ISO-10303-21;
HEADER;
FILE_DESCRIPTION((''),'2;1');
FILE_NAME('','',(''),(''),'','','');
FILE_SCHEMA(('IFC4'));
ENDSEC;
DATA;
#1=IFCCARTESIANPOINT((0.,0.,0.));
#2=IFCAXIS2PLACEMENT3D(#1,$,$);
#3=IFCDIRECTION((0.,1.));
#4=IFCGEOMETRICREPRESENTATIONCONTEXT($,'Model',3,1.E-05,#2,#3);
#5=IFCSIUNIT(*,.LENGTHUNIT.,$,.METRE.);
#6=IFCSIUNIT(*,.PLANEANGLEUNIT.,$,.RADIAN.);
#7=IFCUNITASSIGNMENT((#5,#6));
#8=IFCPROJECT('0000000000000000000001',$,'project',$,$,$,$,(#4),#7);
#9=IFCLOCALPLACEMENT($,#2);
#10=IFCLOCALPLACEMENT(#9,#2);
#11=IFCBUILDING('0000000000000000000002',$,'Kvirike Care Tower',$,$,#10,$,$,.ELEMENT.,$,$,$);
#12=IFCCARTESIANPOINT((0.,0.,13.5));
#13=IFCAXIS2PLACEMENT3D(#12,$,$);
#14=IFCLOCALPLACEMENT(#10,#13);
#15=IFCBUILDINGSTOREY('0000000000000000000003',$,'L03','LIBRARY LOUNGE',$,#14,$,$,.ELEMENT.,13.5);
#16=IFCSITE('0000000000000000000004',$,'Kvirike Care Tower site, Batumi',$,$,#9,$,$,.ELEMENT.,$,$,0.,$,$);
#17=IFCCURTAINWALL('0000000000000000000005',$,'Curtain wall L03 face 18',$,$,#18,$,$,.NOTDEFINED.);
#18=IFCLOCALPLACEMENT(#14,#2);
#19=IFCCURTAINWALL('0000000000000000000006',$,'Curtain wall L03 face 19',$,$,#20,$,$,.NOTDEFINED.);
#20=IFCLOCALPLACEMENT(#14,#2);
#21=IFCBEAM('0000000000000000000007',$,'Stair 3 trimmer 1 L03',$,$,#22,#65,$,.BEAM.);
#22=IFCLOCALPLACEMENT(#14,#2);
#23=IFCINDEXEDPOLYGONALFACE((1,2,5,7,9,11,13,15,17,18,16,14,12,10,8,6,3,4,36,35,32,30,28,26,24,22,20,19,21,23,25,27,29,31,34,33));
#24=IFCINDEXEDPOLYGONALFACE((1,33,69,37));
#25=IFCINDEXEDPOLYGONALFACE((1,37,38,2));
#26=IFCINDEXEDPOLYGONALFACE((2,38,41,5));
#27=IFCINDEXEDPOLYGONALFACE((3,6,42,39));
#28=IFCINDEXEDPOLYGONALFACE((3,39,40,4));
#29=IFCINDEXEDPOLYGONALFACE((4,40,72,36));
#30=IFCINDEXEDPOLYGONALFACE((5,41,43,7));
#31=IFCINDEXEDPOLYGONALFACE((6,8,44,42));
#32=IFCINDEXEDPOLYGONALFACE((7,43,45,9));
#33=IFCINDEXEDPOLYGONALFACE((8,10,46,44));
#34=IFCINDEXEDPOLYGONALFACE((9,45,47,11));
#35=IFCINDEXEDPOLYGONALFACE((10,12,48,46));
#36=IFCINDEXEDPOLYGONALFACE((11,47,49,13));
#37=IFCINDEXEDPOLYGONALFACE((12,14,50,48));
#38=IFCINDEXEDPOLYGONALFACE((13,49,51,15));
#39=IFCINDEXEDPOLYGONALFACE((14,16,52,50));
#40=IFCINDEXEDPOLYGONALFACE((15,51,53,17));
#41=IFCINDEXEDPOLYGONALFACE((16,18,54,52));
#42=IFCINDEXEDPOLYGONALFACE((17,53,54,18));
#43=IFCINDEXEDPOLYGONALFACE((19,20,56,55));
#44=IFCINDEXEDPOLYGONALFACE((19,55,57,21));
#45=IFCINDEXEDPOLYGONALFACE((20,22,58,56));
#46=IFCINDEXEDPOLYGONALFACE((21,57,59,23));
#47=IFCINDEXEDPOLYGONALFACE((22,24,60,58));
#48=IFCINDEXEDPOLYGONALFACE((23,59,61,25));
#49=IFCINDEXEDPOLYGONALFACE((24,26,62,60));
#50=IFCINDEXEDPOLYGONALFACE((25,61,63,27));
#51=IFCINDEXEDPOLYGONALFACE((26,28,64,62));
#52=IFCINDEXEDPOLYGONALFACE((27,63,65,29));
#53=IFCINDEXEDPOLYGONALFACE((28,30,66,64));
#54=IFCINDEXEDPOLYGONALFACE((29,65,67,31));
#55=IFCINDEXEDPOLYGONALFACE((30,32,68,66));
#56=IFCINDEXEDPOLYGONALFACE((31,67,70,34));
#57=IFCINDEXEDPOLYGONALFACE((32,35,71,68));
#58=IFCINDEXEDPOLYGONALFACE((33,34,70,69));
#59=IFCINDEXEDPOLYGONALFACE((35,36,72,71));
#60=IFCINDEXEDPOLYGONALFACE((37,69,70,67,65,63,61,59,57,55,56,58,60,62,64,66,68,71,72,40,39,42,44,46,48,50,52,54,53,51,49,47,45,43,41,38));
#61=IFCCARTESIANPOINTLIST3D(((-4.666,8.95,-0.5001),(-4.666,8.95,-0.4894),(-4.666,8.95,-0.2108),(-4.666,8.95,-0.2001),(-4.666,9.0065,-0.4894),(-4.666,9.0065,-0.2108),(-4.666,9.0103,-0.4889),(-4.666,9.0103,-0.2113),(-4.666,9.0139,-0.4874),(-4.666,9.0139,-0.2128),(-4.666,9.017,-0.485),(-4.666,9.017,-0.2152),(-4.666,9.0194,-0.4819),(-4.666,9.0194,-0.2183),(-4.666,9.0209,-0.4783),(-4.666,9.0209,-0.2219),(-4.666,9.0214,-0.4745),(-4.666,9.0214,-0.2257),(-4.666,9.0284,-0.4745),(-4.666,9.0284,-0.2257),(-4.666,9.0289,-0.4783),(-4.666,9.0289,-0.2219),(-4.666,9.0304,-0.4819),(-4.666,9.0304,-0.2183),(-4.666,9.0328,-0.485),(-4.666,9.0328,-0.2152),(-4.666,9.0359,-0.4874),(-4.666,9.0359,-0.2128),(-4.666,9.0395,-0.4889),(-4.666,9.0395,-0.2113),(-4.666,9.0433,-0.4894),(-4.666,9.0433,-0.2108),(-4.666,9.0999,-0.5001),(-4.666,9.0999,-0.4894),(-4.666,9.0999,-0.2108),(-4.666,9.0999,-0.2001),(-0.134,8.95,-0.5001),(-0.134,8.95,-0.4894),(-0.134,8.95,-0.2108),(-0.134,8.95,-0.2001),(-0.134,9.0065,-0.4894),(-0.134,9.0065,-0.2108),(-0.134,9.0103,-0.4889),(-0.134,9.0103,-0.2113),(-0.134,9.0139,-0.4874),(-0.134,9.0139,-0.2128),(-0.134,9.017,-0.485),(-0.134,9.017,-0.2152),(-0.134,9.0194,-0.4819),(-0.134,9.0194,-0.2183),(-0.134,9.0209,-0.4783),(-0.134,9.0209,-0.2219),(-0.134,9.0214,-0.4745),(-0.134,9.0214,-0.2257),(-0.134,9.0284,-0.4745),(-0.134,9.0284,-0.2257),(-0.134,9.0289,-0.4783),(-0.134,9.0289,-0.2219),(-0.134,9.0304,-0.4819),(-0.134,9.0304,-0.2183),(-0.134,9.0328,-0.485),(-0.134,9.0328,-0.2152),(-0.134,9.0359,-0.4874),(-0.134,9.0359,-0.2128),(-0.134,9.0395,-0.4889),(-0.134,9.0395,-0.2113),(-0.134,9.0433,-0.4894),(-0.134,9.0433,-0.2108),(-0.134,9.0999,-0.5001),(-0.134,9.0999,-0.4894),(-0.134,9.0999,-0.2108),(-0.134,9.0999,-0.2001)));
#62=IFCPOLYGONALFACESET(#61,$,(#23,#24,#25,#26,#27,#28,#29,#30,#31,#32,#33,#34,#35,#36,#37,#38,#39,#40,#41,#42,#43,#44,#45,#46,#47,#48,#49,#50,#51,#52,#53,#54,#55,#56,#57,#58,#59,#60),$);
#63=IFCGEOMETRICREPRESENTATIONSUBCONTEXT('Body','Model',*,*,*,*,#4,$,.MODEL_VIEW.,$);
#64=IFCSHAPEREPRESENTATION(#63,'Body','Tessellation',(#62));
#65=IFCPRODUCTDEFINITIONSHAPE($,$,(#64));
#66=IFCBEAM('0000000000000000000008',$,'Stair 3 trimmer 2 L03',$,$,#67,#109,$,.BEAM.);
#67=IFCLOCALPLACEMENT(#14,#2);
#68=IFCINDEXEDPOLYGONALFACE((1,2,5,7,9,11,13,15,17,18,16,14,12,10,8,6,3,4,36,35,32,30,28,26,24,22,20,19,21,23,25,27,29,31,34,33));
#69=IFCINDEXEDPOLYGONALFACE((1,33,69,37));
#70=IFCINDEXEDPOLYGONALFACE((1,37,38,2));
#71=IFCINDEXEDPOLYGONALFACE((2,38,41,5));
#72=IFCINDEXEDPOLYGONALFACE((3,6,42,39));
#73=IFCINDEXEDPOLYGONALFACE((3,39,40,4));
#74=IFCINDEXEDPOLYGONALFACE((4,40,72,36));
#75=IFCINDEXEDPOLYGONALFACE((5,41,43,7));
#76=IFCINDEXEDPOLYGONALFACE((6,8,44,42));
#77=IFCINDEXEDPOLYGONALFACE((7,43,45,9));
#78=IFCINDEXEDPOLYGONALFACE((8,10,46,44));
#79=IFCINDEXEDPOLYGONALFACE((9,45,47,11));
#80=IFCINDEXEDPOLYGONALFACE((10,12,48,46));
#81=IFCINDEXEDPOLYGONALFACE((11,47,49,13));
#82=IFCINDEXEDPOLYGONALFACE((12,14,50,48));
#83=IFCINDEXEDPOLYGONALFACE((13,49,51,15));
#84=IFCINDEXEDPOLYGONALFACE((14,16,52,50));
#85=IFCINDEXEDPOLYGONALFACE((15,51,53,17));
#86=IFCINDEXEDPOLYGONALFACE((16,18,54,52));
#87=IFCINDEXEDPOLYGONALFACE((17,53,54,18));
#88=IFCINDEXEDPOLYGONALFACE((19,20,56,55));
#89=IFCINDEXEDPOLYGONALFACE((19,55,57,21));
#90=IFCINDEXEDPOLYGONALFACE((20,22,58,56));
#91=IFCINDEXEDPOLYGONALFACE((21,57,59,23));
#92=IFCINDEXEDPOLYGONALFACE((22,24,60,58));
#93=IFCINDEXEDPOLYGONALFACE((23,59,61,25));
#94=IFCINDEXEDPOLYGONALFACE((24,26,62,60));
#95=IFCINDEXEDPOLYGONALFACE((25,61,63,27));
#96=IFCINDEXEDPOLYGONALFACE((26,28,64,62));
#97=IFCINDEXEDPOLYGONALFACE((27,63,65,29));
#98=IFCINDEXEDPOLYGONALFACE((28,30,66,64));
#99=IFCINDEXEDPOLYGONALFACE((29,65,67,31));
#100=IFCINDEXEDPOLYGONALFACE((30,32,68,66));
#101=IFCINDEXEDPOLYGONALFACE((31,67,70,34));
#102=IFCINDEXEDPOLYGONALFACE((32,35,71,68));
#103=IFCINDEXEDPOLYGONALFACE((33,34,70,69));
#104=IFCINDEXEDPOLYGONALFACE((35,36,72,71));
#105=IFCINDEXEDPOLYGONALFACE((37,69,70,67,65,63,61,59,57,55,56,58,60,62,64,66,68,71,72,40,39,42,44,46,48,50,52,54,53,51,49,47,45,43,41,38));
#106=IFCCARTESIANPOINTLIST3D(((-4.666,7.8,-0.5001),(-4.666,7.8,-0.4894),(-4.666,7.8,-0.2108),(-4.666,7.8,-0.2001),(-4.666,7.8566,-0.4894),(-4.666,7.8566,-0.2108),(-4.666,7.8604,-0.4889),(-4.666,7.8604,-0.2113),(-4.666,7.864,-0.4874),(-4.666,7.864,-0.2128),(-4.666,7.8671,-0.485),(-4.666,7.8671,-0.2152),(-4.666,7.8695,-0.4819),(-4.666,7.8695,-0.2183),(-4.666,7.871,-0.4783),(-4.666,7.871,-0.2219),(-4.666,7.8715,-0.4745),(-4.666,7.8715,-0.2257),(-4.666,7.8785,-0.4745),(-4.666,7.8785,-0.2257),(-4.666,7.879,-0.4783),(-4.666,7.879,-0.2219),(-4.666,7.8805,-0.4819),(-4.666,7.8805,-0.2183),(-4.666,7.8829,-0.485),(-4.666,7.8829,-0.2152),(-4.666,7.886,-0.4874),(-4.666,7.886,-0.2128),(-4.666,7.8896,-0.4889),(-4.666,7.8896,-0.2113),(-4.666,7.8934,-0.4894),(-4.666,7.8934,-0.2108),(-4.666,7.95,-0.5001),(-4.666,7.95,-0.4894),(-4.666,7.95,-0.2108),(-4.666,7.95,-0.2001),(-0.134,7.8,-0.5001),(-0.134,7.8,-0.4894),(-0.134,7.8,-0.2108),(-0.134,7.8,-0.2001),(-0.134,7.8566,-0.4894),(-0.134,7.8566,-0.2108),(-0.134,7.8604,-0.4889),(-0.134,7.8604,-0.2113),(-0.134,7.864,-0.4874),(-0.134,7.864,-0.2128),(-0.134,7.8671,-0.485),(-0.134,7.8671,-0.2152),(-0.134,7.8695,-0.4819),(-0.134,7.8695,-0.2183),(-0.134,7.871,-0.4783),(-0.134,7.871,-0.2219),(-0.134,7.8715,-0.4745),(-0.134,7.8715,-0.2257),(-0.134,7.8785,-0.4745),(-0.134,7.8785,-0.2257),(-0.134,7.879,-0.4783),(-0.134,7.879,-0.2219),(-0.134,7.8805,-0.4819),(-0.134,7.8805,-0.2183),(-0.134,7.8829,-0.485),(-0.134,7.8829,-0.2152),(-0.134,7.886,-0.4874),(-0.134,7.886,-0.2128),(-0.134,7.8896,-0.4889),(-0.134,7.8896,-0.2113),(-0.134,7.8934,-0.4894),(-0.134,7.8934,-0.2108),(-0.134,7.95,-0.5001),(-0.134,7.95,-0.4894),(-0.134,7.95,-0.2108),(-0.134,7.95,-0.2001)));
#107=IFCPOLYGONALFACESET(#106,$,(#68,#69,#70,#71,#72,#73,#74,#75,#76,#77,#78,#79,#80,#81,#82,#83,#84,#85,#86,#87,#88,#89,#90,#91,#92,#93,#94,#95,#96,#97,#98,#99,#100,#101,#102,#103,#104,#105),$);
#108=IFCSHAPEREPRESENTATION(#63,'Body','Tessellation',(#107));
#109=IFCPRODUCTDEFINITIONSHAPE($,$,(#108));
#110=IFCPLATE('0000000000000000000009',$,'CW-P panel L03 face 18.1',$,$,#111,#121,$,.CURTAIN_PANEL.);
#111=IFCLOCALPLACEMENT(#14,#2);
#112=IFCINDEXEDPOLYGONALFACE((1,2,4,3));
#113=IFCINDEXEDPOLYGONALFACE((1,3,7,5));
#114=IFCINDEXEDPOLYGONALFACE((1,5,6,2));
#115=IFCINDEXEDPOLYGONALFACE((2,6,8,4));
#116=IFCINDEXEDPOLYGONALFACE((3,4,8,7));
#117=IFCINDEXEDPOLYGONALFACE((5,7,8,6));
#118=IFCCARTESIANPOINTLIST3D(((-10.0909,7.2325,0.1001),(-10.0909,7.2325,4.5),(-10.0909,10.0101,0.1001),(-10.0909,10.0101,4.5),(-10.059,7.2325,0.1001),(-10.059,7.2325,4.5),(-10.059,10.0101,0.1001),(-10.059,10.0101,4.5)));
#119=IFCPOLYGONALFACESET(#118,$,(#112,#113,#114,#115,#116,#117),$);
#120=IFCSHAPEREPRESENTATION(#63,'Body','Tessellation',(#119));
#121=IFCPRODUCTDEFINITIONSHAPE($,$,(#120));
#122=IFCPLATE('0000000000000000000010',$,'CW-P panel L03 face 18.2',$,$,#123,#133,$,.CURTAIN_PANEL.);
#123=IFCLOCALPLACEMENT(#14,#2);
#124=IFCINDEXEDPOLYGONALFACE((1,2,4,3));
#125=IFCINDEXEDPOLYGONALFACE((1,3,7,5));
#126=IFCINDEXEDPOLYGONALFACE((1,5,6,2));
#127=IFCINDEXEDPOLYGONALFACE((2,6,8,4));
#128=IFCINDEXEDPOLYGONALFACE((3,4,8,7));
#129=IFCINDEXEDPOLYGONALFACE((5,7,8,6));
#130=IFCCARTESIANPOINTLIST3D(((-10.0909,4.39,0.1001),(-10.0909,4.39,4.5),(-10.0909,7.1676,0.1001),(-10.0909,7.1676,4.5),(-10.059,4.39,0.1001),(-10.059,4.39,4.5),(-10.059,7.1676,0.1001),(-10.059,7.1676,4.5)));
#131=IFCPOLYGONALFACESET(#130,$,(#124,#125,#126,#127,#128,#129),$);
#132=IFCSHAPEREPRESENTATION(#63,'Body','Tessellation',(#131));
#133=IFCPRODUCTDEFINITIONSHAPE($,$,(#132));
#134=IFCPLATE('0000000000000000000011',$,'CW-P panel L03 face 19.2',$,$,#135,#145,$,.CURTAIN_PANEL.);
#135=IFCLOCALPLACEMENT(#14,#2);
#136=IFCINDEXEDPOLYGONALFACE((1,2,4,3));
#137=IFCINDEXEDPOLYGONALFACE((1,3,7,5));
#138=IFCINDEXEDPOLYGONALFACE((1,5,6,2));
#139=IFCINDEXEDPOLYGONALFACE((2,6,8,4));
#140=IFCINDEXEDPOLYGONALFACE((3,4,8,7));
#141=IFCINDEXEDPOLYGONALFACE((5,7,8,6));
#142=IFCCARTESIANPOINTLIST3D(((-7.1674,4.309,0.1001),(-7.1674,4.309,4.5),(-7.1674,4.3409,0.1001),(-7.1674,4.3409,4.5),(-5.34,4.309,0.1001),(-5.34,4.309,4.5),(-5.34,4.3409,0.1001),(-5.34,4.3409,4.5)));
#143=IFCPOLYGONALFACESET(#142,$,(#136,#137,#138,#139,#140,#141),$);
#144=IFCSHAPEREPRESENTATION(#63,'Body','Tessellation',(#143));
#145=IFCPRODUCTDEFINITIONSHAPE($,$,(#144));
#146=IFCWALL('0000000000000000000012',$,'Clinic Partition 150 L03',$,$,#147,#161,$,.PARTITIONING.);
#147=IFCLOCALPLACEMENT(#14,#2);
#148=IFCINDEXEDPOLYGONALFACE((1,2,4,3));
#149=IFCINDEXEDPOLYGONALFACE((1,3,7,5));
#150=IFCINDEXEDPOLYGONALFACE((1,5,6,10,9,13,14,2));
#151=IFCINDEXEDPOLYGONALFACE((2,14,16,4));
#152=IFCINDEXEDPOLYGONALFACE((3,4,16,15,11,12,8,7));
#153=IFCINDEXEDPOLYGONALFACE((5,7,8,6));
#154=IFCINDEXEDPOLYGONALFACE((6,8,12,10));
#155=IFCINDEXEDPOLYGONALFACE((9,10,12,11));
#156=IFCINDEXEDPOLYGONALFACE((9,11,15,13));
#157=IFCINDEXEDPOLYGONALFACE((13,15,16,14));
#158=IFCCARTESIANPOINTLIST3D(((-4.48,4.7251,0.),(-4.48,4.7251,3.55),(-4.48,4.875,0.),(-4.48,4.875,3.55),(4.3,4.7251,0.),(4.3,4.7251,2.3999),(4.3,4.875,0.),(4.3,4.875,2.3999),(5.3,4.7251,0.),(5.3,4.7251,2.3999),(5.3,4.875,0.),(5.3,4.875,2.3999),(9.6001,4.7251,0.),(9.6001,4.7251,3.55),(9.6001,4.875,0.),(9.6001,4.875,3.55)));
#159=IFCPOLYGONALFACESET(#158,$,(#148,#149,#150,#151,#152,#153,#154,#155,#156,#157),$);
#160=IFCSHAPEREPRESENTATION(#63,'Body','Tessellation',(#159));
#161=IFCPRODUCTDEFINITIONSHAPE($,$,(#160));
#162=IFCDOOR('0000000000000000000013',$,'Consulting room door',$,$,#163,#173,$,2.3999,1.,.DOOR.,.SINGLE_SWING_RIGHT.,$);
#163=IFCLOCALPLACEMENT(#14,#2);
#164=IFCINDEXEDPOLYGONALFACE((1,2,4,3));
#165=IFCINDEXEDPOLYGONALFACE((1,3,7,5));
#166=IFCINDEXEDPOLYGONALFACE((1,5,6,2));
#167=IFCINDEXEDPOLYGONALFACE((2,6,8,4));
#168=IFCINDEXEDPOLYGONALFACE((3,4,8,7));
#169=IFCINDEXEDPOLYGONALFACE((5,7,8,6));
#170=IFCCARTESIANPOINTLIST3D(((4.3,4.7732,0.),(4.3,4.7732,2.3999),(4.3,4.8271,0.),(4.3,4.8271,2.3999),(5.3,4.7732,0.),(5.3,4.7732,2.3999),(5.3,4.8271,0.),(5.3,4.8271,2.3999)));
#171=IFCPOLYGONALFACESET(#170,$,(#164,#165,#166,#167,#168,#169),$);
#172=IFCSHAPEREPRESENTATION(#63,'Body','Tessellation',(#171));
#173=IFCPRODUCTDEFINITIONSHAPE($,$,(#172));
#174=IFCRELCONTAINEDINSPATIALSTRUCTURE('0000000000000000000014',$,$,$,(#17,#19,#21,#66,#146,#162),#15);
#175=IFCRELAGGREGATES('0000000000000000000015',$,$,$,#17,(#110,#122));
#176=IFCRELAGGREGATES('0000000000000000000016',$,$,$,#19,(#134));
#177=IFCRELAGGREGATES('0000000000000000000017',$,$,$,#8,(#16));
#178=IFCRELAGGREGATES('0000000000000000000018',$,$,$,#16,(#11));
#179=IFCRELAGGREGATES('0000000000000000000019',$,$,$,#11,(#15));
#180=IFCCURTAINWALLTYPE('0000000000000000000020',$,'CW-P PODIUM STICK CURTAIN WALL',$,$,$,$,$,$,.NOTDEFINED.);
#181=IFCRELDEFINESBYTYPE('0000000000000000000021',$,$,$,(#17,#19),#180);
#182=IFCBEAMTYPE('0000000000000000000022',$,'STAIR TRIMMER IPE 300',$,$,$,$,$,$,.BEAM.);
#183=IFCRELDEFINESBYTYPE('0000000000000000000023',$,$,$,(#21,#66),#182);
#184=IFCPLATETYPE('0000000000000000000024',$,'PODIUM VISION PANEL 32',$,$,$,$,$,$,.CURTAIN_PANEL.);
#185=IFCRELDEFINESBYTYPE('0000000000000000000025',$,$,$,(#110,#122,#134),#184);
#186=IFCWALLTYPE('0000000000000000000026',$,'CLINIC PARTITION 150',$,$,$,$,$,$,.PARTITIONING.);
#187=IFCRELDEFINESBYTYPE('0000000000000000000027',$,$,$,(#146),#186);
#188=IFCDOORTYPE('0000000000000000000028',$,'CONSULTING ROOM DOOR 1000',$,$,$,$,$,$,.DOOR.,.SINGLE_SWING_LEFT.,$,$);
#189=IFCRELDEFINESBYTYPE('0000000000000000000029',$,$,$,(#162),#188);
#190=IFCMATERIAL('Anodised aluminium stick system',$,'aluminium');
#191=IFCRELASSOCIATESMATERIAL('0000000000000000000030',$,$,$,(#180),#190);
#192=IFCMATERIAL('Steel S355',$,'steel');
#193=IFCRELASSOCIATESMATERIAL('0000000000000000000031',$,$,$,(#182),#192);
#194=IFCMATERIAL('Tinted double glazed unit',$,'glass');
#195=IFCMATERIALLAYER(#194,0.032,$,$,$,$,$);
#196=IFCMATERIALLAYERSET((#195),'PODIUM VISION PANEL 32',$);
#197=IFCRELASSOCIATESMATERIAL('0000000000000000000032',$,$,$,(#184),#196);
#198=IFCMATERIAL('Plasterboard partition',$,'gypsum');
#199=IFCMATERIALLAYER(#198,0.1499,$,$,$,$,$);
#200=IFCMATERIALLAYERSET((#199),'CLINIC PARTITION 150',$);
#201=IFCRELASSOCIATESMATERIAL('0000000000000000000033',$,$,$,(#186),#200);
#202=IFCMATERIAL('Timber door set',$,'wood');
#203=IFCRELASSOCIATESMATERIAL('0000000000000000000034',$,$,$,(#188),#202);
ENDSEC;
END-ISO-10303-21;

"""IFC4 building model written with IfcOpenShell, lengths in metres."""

from ifc_helpers import new_model, si_unit, direction, frame, frame_2d, origin, origin_2d, place, context, subcontext, project, spatial, rectangle, i_section, extrude, material, layer, layer_set, material_profile, profile_set, type_object, element, fill, aggregate, save


model = new_model("IFC4")

# Units and contexts
model_context = context("Model", 3, precision=1e-05, world=origin(), true_north=direction((0.0, 1.0)))
body_context = subcontext(model_context, "Body", "Model", "MODEL_VIEW")
ifc_project = project(units=[si_unit("LENGTHUNIT", "METRE"), si_unit("PLANEANGLEUNIT", "RADIAN")], contexts=[model_context])

# Site, building, storey
site_placement = place(None, origin())
site = spatial("IfcSite", under=ifc_project, at=site_placement, Name="Kvirike Care Tower site, Batumi", CompositionType="ELEMENT", RefElevation=0.0)
building_placement = place(site_placement, origin())
building = spatial("IfcBuilding", under=site, at=building_placement, Name="Kvirike Care Tower", CompositionType="ELEMENT")
storey_placement = place(building_placement, frame((0.0, 0.0, 13.5)))
storey = spatial("IfcBuildingStorey", under=building, at=storey_placement, Name="L03", Description="LIBRARY LOUNGE", CompositionType="ELEMENT", Elevation=13.5)

# Curtain wall
ifc_material_1 = material(Name="Anodised aluminium stick system", Category="aluminium")
curtain_wall_type = type_object("IfcCurtainWallType", Name="CW-P PODIUM STICK CURTAIN WALL", PredefinedType="NOTDEFINED", material=ifc_material_1)
curtain_wall_1_placement = place(storey_placement, origin())
curtain_wall_1 = element("IfcCurtainWall", 1, at=curtain_wall_1_placement, inside=storey, type_object=curtain_wall_type, Name="Curtain wall L03 face 18", PredefinedType="NOTDEFINED")

# Curtain wall
curtain_wall_2_placement = place(storey_placement, origin())
curtain_wall_2 = element("IfcCurtainWall", 2, at=curtain_wall_2_placement, inside=storey, type_object=curtain_wall_type, Name="Curtain wall L03 face 19", PredefinedType="NOTDEFINED")

# Beams
ifc_material_2 = material(Name="Steel S355", Category="steel")
ifc_material_profile_1 = material_profile(ifc_material_2, i_section(OverallWidth=0.1499, OverallDepth=0.3, WebThickness=0.0071, FlangeThickness=0.0107, FilletRadius=0.0149, at=origin_2d()), Name="IPE 300")
ifc_profile_set_1 = profile_set([ifc_material_profile_1], Name="Steel S355")
beam_type_1 = type_object("IfcBeamType", Name="STAIR TRIMMER IPE 300", PredefinedType="BEAM", material=ifc_profile_set_1)
for number, where, z_axis, x_axis, name in (
    (3, (-4.666, 9.0249, -0.3501), (1.0, 0.0, 0.0), (0.0, 1.0, 0.0), "Stair 3 trimmer 1 L03"),
    (4, (-4.666, 7.875, -0.3501), (1.0, 0.0, 0.0), (0.0, 1.0, 0.0), "Stair 3 trimmer 2 L03"),
):
    element("IfcBeam", number, at=place(storey_placement, frame(where, z_axis=z_axis, x_axis=x_axis)), inside=storey, type_object=beam_type_1, Name=name, PredefinedType="BEAM", context=body_context, shape_type="SweptSolid", body=[
        extrude(i_section(OverallWidth=0.1499, OverallDepth=0.3, WebThickness=0.0071, FlangeThickness=0.0107, FilletRadius=0.0149, at=origin_2d()), origin(), (0.0, 0.0, 1.0), 4.532),
    ])

# Plates
ifc_material_3 = material(Name="Tinted double glazed unit", Category="glass")
ifc_layer_1 = layer(ifc_material_3, 0.032)
ifc_layer_set_1 = layer_set([ifc_layer_1], Name="PODIUM VISION PANEL 32")
plate_type = type_object("IfcPlateType", Name="PODIUM VISION PANEL 32", PredefinedType="CURTAIN_PANEL", material=ifc_layer_set_1)
plate_1_placement = place(storey_placement, frame((-10.075, 8.6213, 0.1001), z_axis=(0.0, 0.0, 1.0), x_axis=(0.0, -1.0, 0.0)))
plate_1 = element("IfcPlate", 5, at=plate_1_placement, type_object=plate_type, Name="CW-P panel L03 face 18.1", PredefinedType="CURTAIN_PANEL", context=body_context, shape_type="SweptSolid", body=[
    extrude(rectangle(XDim=2.7776, YDim=0.032, at=origin_2d()), origin(), (0.0, 0.0, 1.0), 4.3999),
])
plate_2_placement = place(storey_placement, frame((-10.075, 5.7788, 0.1001), z_axis=(0.0, 0.0, 1.0), x_axis=(0.0, -1.0, 0.0)))
plate_2 = element("IfcPlate", 6, at=plate_2_placement, type_object=plate_type, Name="CW-P panel L03 face 18.2", PredefinedType="CURTAIN_PANEL", context=body_context, shape_type="SweptSolid", body=[
    extrude(rectangle(XDim=2.7776, YDim=0.032, at=origin_2d()), origin(), (0.0, 0.0, 1.0), 4.3999),
])
aggregate(curtain_wall_1, [plate_1, plate_2])
plate_3_placement = place(storey_placement, frame((-6.2537, 4.325, 0.1001), z_axis=(0.0, 0.0, 1.0), x_axis=(1.0, 0.0, 0.0)))
plate_3 = element("IfcPlate", 7, at=plate_3_placement, type_object=plate_type, Name="CW-P panel L03 face 19.2", PredefinedType="CURTAIN_PANEL", context=body_context, shape_type="SweptSolid", body=[
    extrude(rectangle(XDim=1.8274, YDim=0.032, at=origin_2d()), origin(), (0.0, 0.0, 1.0), 4.3999),
])
aggregate(curtain_wall_2, [plate_3])

# Wall, opening, door
ifc_material_4 = material(Name="Plasterboard partition", Category="gypsum")
ifc_layer_2 = layer(ifc_material_4, 0.1499)
ifc_layer_set_2 = layer_set([ifc_layer_2], Name="CLINIC PARTITION 150")
wall_type_1 = type_object("IfcWallType", Name="CLINIC PARTITION 150", PredefinedType="PARTITIONING", material=ifc_layer_set_2)
wall_1_placement = place(storey_placement, frame((-4.48, 4.8, 0.0), z_axis=(0.0, 0.0, 1.0), x_axis=(1.0, 0.0, 0.0)))
wall_1 = element("IfcWall", 8, at=wall_1_placement, inside=storey, type_object=wall_type_1, Name="Clinic Partition 150 L03", PredefinedType="PARTITIONING", context=body_context, shape_type="SweptSolid", body=[
    extrude(rectangle(XDim=14.0801, YDim=0.1499, at=frame_2d((7.04, 0.0))), origin(), (0.0, 0.0, 1.0), 3.55),
])
opening_1_placement = place(wall_1_placement, frame((8.78, 0.0, 0.0)))
opening_1 = element("IfcOpeningElement", 9, at=opening_1_placement, cuts=wall_1, PredefinedType="OPENING", context=body_context, shape_type="SweptSolid", body=[
    extrude(rectangle(XDim=1.0, YDim=2.3999, at=frame_2d((0.5, 1.2))), frame((0.0, 0.0854, 0.0), z_axis=(0.0, -1.0, 0.0), x_axis=(1.0, 0.0, 0.0)), (0.0, 0.0, 1.0), 0.1709),
])
ifc_material_5 = material(Name="Timber door set", Category="wood")
door_type_1 = type_object("IfcDoorType", Name="CONSULTING ROOM DOOR 1000", OperationType="SINGLE_SWING_LEFT", PredefinedType="DOOR", material=ifc_material_5)
door_1_placement = place(opening_1_placement, frame((1.0, 0.0, 0.0), z_axis=(0.0, 0.0, 1.0), x_axis=(-1.0, 0.0, 0.0)))
door_1 = element("IfcDoor", 10, at=door_1_placement, inside=storey, type_object=door_type_1, Name="Consulting room door", OperationType="SINGLE_SWING_RIGHT", OverallHeight=2.3999, OverallWidth=1.0, PredefinedType="DOOR", context=body_context, shape_type="SweptSolid", body=[
    extrude(rectangle(XDim=1.0, YDim=2.3999, at=frame_2d((0.5, 1.2))), frame((0.0, 0.0269, 0.0), z_axis=(0.0, -1.0, 0.0), x_axis=(1.0, 0.0, 0.0)), (0.0, 0.0, 1.0), 0.054),
])
fill(opening_1, door_1)

save(model, "model.ifc")
